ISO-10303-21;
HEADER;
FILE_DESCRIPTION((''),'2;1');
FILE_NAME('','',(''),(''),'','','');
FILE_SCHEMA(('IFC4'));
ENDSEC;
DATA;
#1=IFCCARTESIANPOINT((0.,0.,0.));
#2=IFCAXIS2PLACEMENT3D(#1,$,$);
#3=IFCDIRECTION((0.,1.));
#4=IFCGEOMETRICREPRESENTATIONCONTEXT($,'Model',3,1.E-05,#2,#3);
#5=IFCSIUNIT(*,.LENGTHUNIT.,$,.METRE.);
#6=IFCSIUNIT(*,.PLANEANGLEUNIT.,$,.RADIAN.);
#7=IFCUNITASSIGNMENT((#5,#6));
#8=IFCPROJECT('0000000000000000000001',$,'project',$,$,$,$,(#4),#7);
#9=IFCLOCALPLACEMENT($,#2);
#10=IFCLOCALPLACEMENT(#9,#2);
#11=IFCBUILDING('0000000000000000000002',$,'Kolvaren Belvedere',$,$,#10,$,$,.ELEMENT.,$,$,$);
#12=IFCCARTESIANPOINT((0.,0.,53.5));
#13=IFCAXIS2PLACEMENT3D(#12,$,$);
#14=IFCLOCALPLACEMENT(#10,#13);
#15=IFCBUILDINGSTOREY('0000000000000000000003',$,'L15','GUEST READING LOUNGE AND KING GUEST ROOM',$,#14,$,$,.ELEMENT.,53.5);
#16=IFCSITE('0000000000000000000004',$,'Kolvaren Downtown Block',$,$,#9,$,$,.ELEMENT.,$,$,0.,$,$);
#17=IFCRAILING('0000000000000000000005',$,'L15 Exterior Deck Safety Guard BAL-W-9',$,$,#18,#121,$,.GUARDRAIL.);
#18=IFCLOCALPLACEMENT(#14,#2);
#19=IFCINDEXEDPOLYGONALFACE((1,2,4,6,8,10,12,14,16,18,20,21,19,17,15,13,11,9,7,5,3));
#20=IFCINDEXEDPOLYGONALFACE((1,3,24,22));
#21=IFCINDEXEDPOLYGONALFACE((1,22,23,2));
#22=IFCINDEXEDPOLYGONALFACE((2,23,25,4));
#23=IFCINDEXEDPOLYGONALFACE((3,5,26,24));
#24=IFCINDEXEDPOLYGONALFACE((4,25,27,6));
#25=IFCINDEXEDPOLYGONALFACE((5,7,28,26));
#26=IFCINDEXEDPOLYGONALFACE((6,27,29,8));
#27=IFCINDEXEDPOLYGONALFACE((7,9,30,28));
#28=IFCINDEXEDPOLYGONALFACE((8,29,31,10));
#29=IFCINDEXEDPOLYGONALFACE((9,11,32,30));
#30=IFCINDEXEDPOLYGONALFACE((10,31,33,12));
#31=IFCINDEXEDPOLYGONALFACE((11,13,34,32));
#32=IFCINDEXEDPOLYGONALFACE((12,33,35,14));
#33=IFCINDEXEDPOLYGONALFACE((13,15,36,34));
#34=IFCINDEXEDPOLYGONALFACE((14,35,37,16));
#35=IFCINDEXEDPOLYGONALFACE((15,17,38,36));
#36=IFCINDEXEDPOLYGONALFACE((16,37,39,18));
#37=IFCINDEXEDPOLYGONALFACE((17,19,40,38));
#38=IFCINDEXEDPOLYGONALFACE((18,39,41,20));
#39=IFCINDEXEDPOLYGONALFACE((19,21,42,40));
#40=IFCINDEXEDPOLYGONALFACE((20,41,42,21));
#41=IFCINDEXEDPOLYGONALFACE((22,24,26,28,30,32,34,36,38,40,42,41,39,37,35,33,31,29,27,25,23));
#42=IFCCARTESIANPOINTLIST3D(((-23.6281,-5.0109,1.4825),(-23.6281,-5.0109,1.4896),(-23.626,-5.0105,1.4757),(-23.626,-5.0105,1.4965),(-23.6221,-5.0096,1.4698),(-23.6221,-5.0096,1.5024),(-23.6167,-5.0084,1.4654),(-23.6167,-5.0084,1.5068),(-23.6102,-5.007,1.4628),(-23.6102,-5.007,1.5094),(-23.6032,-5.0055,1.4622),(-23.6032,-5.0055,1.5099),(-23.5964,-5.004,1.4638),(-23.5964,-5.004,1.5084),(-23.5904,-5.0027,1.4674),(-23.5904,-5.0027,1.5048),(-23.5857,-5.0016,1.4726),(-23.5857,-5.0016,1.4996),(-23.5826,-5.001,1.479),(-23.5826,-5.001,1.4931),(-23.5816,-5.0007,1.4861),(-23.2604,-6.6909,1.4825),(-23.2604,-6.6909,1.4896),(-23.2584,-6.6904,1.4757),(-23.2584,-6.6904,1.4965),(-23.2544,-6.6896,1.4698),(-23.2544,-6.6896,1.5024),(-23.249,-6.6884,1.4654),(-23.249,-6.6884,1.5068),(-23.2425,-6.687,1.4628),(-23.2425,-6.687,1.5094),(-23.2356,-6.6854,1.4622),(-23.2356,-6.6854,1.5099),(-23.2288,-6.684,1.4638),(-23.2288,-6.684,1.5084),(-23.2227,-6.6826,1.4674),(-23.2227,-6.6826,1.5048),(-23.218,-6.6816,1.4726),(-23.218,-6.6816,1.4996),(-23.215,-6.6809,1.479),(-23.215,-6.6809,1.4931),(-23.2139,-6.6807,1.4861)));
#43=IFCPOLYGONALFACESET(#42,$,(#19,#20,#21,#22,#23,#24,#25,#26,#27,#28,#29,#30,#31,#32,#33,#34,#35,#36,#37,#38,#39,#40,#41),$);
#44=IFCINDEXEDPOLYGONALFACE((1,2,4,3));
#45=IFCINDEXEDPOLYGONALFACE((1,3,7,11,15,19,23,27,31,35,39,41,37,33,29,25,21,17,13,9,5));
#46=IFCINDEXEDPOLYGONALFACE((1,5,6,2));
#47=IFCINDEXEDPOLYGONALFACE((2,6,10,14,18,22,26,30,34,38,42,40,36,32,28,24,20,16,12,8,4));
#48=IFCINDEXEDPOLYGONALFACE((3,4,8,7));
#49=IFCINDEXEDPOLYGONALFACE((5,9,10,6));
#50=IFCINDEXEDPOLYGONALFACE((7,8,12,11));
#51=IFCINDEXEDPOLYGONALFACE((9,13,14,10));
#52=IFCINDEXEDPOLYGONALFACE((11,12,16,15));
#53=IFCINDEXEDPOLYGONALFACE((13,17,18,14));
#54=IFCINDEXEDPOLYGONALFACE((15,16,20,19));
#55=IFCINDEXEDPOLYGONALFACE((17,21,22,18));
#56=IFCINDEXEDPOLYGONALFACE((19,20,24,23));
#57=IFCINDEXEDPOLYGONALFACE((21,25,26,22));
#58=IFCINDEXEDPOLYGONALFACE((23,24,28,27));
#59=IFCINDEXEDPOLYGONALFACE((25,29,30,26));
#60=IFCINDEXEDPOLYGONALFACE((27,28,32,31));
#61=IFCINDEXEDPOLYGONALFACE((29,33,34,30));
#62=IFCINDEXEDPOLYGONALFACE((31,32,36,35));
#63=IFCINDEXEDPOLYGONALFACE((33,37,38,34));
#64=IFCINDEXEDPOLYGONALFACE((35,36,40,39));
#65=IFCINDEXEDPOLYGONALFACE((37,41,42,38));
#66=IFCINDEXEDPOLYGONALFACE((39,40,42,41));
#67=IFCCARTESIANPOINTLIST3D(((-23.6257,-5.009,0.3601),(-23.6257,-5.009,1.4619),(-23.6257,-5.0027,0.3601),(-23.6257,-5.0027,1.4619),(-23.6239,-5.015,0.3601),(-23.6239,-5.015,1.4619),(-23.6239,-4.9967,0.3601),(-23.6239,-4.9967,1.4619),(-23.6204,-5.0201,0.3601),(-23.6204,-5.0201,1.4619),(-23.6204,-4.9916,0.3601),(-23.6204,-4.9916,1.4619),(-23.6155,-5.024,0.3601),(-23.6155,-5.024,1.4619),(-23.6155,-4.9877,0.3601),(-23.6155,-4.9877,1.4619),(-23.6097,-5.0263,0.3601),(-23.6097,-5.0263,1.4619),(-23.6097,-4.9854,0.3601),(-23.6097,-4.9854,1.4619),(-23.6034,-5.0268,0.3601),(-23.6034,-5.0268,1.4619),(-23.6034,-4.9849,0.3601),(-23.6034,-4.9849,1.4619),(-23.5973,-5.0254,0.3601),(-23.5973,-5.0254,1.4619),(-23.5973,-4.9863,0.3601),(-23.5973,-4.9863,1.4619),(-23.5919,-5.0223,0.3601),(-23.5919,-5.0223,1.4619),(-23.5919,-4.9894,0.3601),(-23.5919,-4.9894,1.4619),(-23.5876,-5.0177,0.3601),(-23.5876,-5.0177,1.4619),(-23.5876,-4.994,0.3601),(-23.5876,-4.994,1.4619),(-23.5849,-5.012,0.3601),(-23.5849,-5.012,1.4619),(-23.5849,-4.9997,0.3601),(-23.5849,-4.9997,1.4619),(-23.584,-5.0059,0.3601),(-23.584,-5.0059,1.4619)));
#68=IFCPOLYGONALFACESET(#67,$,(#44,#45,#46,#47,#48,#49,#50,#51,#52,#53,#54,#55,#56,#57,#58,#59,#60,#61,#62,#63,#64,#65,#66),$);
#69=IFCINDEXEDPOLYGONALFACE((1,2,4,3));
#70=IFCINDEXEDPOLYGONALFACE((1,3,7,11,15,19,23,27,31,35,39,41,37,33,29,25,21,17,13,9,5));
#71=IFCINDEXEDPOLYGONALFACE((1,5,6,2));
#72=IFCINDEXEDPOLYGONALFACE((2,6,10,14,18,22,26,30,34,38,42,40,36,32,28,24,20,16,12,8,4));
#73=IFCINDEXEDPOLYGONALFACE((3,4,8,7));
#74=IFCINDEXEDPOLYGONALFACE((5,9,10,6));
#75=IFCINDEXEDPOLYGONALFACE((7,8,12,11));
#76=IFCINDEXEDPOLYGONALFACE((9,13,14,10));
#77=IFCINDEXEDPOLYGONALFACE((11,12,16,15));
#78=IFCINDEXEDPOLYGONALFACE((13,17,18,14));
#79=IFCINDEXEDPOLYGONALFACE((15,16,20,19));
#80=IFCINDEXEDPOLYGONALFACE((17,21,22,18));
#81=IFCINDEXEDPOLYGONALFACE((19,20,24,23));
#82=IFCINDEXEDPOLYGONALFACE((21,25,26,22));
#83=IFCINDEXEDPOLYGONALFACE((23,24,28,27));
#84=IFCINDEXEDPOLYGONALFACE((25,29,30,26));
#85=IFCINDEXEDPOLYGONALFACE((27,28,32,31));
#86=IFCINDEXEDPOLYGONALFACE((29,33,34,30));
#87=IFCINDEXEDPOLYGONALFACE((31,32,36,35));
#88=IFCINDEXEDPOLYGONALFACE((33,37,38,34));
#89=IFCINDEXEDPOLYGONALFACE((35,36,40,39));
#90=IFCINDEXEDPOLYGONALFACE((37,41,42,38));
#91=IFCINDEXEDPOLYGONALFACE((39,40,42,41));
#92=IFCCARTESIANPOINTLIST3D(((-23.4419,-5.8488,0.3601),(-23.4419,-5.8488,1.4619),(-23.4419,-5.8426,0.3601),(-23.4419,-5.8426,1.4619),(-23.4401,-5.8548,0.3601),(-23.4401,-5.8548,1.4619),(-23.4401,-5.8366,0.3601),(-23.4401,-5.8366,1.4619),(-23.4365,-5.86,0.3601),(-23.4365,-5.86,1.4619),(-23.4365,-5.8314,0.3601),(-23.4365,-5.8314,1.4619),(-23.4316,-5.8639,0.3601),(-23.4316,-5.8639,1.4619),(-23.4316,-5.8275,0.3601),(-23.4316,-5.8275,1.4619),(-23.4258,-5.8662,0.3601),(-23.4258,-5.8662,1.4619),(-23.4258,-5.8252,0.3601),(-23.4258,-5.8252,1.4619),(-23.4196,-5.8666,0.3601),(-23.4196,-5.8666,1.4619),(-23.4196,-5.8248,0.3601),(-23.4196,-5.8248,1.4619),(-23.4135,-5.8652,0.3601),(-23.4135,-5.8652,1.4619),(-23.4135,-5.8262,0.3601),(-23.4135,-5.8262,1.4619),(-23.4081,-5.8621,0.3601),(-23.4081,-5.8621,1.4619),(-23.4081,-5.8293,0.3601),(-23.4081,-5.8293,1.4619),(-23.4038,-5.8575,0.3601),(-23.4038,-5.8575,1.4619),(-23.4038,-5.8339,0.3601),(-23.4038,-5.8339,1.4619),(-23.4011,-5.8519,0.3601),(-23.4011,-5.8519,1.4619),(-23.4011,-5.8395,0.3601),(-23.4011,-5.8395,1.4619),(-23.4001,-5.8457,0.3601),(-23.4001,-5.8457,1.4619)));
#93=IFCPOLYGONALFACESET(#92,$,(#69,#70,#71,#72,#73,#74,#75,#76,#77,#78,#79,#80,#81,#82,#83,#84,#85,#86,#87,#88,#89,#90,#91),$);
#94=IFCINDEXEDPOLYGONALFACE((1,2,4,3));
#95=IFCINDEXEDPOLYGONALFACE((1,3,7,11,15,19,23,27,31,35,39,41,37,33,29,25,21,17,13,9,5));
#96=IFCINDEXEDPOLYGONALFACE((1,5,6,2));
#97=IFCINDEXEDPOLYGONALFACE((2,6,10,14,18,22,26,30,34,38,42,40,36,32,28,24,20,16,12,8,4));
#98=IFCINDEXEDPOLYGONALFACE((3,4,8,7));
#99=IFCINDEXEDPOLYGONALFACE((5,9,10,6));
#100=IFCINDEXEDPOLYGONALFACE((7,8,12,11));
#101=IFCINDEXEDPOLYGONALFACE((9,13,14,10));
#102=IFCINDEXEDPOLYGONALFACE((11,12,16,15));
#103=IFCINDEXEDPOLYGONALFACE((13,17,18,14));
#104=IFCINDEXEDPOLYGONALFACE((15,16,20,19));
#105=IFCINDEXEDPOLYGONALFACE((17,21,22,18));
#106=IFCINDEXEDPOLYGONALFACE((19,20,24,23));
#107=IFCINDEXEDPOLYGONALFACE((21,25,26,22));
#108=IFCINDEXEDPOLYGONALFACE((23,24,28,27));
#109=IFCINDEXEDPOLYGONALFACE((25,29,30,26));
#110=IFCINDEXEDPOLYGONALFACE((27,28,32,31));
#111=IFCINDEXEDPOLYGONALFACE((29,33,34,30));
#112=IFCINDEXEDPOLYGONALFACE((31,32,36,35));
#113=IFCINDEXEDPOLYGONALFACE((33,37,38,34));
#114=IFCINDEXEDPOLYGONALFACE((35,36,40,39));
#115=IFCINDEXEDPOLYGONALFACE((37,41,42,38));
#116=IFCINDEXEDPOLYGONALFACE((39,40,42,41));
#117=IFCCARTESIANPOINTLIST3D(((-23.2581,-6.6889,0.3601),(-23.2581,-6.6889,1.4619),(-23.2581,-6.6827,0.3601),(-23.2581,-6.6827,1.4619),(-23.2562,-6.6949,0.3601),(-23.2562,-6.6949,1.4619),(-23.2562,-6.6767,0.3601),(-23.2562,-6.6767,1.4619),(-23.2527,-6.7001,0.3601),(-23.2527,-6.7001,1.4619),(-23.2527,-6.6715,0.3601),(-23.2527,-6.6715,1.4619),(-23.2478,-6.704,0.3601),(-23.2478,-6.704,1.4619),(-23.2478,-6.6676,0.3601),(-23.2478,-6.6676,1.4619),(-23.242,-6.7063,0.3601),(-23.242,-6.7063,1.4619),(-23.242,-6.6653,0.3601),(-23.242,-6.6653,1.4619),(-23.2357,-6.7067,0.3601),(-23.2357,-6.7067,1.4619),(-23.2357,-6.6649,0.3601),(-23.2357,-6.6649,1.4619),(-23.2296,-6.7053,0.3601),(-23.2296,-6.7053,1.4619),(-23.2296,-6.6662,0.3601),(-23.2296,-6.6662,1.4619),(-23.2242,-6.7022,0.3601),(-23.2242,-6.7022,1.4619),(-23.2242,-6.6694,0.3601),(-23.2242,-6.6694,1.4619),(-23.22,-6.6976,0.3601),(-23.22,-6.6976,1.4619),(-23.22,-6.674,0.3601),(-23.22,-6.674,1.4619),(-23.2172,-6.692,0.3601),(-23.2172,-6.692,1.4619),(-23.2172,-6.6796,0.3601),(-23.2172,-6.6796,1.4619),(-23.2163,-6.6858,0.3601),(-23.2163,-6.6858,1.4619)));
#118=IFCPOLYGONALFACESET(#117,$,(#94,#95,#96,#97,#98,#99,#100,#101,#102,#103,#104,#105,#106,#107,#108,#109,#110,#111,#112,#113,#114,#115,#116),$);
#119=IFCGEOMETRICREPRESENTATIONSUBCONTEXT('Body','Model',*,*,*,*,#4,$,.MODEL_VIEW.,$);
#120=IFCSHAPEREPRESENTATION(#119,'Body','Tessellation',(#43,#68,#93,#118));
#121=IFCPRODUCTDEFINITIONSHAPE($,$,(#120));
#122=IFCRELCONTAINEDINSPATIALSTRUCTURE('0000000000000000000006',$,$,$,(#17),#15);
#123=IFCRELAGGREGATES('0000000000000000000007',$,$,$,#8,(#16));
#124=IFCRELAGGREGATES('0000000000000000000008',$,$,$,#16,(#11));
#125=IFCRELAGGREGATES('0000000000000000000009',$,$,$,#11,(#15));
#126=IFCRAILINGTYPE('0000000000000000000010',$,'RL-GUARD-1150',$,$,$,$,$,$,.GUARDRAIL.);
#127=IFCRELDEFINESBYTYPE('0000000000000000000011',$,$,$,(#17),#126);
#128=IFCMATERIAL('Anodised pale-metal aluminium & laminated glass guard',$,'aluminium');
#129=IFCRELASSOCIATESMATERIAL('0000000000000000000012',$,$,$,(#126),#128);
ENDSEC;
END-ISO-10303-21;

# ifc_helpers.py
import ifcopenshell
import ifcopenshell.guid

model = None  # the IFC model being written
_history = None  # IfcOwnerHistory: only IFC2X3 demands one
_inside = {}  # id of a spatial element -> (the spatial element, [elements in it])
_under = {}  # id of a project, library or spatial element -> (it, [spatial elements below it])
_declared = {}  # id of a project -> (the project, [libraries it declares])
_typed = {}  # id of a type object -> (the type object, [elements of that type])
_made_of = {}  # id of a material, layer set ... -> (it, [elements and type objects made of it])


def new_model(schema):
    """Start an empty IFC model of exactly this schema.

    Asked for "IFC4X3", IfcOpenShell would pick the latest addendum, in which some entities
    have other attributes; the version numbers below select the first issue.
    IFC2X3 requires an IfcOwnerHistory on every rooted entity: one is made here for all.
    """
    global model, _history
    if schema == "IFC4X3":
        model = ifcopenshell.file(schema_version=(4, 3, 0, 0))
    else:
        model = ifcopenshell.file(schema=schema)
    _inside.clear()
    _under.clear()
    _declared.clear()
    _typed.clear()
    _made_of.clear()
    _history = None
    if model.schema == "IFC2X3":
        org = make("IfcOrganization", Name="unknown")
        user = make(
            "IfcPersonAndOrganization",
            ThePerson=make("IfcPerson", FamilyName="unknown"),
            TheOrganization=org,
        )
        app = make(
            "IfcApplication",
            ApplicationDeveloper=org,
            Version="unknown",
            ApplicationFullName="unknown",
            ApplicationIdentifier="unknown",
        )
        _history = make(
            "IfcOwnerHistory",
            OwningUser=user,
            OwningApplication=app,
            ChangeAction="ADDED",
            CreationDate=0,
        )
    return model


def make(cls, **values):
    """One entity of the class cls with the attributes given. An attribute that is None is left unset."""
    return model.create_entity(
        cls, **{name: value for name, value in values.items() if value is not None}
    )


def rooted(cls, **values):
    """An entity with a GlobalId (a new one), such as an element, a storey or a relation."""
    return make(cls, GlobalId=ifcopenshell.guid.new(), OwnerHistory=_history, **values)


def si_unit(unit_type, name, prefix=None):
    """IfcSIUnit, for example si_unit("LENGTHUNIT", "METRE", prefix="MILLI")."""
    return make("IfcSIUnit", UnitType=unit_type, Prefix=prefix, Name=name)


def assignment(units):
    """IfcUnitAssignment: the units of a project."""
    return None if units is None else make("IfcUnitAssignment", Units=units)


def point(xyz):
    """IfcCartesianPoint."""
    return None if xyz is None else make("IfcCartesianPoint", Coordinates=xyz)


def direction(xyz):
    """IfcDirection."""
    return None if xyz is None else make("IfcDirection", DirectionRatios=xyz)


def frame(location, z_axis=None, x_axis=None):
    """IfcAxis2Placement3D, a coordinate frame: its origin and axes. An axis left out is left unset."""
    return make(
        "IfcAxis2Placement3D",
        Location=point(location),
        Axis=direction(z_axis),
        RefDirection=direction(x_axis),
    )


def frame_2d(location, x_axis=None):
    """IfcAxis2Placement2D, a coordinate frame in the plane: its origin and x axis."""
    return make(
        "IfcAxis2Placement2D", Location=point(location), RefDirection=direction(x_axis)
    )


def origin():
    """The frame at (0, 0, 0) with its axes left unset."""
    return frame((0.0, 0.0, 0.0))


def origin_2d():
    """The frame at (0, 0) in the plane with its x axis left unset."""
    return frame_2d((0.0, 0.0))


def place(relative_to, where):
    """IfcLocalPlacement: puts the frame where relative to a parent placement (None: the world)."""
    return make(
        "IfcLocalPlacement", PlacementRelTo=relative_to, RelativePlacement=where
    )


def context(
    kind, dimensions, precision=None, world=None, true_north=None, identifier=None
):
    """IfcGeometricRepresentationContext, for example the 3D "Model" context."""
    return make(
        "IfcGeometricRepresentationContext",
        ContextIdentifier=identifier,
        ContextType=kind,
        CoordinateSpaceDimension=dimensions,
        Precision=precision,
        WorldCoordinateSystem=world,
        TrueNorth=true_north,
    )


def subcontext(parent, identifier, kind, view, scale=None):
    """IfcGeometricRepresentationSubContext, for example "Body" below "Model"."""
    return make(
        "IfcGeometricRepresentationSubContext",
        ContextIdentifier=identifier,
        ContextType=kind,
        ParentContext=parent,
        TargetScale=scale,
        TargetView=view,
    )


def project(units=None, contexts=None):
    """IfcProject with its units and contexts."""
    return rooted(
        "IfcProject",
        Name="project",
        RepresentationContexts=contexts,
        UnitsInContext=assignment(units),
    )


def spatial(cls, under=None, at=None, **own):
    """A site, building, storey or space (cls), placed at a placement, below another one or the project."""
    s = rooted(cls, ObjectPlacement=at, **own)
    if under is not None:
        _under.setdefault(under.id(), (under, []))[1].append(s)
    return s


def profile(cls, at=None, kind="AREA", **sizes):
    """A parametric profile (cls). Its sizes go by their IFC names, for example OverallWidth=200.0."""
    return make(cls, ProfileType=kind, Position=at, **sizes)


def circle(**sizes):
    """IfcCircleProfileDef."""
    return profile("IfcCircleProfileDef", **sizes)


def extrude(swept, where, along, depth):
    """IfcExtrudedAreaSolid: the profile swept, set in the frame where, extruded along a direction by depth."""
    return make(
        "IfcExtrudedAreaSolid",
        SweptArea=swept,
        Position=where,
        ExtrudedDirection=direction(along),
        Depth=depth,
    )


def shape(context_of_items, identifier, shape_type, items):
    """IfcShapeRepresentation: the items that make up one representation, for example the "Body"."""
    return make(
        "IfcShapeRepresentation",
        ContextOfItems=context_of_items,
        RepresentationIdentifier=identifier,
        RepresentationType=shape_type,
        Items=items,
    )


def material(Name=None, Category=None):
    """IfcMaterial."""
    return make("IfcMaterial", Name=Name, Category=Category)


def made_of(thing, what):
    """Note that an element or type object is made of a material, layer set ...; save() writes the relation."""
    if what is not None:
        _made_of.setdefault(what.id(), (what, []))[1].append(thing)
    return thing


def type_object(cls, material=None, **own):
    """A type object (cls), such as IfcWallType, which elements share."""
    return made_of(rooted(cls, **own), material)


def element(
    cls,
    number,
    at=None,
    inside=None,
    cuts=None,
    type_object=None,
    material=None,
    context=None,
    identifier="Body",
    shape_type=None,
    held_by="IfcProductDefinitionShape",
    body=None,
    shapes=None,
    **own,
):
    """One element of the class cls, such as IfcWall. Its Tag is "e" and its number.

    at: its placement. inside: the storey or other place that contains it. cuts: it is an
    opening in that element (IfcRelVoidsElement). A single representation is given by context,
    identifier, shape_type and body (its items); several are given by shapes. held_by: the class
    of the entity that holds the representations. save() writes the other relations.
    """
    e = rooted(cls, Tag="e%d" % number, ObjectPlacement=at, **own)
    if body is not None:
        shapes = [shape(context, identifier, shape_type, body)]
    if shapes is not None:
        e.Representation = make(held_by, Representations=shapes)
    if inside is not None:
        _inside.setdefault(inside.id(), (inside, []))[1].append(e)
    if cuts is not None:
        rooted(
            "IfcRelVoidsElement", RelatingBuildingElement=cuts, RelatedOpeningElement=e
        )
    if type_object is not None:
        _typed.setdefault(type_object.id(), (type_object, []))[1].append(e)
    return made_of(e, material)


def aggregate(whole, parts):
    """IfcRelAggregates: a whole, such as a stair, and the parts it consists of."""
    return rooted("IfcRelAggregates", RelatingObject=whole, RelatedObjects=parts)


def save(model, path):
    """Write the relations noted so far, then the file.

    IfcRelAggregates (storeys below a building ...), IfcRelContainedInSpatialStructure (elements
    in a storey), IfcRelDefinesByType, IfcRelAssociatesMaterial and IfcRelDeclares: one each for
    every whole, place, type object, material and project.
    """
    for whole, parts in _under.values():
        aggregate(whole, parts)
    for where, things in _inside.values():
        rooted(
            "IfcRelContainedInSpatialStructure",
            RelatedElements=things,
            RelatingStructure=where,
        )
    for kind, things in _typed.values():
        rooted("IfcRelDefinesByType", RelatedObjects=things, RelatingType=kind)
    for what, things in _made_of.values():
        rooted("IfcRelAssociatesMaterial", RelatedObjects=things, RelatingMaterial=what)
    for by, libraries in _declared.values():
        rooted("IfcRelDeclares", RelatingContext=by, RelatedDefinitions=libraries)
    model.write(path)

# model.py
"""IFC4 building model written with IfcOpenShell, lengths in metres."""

from ifc_helpers import new_model, si_unit, direction, frame, origin, origin_2d, place, context, subcontext, project, spatial, circle, extrude, material, type_object, element, save


model = new_model("IFC4")

# Units and contexts
model_context = context("Model", 3, precision=1e-05, world=origin(), true_north=direction((0.0, 1.0)))
body_context = subcontext(model_context, "Body", "Model", "MODEL_VIEW")
ifc_project = project(units=[si_unit("LENGTHUNIT", "METRE"), si_unit("PLANEANGLEUNIT", "RADIAN")], contexts=[model_context])

# Site, building, storey
site_placement = place(None, origin())
site = spatial("IfcSite", under=ifc_project, at=site_placement, Name="Kolvaren Downtown Block", CompositionType="ELEMENT", RefElevation=0.0)
building_placement = place(site_placement, origin())
building = spatial("IfcBuilding", under=site, at=building_placement, Name="Kolvaren Belvedere", CompositionType="ELEMENT")
storey_placement = place(building_placement, frame((0.0, 0.0, 53.5)))
storey = spatial("IfcBuildingStorey", under=building, at=storey_placement, Name="L15", Description="GUEST READING LOUNGE AND KING GUEST ROOM", CompositionType="ELEMENT", Elevation=53.5)

# Railing
ifc_material_1 = material(Name="Anodised pale-metal aluminium & laminated glass guard", Category="aluminium")
railing_type = type_object("IfcRailingType", Name="RL-GUARD-1150", PredefinedType="GUARDRAIL", material=ifc_material_1)
railing_1_placement = place(storey_placement, frame((-23.605, -5.0059, 0.3601)))
element("IfcRailing", 1, at=railing_1_placement, inside=storey, type_object=railing_type, Name="L15 Exterior Deck Safety Guard BAL-W-9", PredefinedType="GUARDRAIL", context=body_context, shape_type="SweptSolid", body=[
    extrude(circle(Radius=0.0239, at=origin_2d()), frame((0.0, 0.0, 1.126), z_axis=(0.213803, -0.976877, 0.0), x_axis=(0.976877, 0.213803, 0.0)), (0.0, 0.0, 1.0), 1.7197),
    extrude(circle(Radius=0.021, at=origin_2d()), origin(), (0.0, 0.0, 1.0), 1.1018),
    extrude(circle(Radius=0.021, at=origin_2d()), frame((0.1838, -0.8398, 0.0)), (0.0, 0.0, 1.0), 1.1018),
    extrude(circle(Radius=0.021, at=origin_2d()), frame((0.3677, -1.6799, 0.0)), (0.0, 0.0, 1.0), 1.1018),
])

save(model, "model.ifc")
